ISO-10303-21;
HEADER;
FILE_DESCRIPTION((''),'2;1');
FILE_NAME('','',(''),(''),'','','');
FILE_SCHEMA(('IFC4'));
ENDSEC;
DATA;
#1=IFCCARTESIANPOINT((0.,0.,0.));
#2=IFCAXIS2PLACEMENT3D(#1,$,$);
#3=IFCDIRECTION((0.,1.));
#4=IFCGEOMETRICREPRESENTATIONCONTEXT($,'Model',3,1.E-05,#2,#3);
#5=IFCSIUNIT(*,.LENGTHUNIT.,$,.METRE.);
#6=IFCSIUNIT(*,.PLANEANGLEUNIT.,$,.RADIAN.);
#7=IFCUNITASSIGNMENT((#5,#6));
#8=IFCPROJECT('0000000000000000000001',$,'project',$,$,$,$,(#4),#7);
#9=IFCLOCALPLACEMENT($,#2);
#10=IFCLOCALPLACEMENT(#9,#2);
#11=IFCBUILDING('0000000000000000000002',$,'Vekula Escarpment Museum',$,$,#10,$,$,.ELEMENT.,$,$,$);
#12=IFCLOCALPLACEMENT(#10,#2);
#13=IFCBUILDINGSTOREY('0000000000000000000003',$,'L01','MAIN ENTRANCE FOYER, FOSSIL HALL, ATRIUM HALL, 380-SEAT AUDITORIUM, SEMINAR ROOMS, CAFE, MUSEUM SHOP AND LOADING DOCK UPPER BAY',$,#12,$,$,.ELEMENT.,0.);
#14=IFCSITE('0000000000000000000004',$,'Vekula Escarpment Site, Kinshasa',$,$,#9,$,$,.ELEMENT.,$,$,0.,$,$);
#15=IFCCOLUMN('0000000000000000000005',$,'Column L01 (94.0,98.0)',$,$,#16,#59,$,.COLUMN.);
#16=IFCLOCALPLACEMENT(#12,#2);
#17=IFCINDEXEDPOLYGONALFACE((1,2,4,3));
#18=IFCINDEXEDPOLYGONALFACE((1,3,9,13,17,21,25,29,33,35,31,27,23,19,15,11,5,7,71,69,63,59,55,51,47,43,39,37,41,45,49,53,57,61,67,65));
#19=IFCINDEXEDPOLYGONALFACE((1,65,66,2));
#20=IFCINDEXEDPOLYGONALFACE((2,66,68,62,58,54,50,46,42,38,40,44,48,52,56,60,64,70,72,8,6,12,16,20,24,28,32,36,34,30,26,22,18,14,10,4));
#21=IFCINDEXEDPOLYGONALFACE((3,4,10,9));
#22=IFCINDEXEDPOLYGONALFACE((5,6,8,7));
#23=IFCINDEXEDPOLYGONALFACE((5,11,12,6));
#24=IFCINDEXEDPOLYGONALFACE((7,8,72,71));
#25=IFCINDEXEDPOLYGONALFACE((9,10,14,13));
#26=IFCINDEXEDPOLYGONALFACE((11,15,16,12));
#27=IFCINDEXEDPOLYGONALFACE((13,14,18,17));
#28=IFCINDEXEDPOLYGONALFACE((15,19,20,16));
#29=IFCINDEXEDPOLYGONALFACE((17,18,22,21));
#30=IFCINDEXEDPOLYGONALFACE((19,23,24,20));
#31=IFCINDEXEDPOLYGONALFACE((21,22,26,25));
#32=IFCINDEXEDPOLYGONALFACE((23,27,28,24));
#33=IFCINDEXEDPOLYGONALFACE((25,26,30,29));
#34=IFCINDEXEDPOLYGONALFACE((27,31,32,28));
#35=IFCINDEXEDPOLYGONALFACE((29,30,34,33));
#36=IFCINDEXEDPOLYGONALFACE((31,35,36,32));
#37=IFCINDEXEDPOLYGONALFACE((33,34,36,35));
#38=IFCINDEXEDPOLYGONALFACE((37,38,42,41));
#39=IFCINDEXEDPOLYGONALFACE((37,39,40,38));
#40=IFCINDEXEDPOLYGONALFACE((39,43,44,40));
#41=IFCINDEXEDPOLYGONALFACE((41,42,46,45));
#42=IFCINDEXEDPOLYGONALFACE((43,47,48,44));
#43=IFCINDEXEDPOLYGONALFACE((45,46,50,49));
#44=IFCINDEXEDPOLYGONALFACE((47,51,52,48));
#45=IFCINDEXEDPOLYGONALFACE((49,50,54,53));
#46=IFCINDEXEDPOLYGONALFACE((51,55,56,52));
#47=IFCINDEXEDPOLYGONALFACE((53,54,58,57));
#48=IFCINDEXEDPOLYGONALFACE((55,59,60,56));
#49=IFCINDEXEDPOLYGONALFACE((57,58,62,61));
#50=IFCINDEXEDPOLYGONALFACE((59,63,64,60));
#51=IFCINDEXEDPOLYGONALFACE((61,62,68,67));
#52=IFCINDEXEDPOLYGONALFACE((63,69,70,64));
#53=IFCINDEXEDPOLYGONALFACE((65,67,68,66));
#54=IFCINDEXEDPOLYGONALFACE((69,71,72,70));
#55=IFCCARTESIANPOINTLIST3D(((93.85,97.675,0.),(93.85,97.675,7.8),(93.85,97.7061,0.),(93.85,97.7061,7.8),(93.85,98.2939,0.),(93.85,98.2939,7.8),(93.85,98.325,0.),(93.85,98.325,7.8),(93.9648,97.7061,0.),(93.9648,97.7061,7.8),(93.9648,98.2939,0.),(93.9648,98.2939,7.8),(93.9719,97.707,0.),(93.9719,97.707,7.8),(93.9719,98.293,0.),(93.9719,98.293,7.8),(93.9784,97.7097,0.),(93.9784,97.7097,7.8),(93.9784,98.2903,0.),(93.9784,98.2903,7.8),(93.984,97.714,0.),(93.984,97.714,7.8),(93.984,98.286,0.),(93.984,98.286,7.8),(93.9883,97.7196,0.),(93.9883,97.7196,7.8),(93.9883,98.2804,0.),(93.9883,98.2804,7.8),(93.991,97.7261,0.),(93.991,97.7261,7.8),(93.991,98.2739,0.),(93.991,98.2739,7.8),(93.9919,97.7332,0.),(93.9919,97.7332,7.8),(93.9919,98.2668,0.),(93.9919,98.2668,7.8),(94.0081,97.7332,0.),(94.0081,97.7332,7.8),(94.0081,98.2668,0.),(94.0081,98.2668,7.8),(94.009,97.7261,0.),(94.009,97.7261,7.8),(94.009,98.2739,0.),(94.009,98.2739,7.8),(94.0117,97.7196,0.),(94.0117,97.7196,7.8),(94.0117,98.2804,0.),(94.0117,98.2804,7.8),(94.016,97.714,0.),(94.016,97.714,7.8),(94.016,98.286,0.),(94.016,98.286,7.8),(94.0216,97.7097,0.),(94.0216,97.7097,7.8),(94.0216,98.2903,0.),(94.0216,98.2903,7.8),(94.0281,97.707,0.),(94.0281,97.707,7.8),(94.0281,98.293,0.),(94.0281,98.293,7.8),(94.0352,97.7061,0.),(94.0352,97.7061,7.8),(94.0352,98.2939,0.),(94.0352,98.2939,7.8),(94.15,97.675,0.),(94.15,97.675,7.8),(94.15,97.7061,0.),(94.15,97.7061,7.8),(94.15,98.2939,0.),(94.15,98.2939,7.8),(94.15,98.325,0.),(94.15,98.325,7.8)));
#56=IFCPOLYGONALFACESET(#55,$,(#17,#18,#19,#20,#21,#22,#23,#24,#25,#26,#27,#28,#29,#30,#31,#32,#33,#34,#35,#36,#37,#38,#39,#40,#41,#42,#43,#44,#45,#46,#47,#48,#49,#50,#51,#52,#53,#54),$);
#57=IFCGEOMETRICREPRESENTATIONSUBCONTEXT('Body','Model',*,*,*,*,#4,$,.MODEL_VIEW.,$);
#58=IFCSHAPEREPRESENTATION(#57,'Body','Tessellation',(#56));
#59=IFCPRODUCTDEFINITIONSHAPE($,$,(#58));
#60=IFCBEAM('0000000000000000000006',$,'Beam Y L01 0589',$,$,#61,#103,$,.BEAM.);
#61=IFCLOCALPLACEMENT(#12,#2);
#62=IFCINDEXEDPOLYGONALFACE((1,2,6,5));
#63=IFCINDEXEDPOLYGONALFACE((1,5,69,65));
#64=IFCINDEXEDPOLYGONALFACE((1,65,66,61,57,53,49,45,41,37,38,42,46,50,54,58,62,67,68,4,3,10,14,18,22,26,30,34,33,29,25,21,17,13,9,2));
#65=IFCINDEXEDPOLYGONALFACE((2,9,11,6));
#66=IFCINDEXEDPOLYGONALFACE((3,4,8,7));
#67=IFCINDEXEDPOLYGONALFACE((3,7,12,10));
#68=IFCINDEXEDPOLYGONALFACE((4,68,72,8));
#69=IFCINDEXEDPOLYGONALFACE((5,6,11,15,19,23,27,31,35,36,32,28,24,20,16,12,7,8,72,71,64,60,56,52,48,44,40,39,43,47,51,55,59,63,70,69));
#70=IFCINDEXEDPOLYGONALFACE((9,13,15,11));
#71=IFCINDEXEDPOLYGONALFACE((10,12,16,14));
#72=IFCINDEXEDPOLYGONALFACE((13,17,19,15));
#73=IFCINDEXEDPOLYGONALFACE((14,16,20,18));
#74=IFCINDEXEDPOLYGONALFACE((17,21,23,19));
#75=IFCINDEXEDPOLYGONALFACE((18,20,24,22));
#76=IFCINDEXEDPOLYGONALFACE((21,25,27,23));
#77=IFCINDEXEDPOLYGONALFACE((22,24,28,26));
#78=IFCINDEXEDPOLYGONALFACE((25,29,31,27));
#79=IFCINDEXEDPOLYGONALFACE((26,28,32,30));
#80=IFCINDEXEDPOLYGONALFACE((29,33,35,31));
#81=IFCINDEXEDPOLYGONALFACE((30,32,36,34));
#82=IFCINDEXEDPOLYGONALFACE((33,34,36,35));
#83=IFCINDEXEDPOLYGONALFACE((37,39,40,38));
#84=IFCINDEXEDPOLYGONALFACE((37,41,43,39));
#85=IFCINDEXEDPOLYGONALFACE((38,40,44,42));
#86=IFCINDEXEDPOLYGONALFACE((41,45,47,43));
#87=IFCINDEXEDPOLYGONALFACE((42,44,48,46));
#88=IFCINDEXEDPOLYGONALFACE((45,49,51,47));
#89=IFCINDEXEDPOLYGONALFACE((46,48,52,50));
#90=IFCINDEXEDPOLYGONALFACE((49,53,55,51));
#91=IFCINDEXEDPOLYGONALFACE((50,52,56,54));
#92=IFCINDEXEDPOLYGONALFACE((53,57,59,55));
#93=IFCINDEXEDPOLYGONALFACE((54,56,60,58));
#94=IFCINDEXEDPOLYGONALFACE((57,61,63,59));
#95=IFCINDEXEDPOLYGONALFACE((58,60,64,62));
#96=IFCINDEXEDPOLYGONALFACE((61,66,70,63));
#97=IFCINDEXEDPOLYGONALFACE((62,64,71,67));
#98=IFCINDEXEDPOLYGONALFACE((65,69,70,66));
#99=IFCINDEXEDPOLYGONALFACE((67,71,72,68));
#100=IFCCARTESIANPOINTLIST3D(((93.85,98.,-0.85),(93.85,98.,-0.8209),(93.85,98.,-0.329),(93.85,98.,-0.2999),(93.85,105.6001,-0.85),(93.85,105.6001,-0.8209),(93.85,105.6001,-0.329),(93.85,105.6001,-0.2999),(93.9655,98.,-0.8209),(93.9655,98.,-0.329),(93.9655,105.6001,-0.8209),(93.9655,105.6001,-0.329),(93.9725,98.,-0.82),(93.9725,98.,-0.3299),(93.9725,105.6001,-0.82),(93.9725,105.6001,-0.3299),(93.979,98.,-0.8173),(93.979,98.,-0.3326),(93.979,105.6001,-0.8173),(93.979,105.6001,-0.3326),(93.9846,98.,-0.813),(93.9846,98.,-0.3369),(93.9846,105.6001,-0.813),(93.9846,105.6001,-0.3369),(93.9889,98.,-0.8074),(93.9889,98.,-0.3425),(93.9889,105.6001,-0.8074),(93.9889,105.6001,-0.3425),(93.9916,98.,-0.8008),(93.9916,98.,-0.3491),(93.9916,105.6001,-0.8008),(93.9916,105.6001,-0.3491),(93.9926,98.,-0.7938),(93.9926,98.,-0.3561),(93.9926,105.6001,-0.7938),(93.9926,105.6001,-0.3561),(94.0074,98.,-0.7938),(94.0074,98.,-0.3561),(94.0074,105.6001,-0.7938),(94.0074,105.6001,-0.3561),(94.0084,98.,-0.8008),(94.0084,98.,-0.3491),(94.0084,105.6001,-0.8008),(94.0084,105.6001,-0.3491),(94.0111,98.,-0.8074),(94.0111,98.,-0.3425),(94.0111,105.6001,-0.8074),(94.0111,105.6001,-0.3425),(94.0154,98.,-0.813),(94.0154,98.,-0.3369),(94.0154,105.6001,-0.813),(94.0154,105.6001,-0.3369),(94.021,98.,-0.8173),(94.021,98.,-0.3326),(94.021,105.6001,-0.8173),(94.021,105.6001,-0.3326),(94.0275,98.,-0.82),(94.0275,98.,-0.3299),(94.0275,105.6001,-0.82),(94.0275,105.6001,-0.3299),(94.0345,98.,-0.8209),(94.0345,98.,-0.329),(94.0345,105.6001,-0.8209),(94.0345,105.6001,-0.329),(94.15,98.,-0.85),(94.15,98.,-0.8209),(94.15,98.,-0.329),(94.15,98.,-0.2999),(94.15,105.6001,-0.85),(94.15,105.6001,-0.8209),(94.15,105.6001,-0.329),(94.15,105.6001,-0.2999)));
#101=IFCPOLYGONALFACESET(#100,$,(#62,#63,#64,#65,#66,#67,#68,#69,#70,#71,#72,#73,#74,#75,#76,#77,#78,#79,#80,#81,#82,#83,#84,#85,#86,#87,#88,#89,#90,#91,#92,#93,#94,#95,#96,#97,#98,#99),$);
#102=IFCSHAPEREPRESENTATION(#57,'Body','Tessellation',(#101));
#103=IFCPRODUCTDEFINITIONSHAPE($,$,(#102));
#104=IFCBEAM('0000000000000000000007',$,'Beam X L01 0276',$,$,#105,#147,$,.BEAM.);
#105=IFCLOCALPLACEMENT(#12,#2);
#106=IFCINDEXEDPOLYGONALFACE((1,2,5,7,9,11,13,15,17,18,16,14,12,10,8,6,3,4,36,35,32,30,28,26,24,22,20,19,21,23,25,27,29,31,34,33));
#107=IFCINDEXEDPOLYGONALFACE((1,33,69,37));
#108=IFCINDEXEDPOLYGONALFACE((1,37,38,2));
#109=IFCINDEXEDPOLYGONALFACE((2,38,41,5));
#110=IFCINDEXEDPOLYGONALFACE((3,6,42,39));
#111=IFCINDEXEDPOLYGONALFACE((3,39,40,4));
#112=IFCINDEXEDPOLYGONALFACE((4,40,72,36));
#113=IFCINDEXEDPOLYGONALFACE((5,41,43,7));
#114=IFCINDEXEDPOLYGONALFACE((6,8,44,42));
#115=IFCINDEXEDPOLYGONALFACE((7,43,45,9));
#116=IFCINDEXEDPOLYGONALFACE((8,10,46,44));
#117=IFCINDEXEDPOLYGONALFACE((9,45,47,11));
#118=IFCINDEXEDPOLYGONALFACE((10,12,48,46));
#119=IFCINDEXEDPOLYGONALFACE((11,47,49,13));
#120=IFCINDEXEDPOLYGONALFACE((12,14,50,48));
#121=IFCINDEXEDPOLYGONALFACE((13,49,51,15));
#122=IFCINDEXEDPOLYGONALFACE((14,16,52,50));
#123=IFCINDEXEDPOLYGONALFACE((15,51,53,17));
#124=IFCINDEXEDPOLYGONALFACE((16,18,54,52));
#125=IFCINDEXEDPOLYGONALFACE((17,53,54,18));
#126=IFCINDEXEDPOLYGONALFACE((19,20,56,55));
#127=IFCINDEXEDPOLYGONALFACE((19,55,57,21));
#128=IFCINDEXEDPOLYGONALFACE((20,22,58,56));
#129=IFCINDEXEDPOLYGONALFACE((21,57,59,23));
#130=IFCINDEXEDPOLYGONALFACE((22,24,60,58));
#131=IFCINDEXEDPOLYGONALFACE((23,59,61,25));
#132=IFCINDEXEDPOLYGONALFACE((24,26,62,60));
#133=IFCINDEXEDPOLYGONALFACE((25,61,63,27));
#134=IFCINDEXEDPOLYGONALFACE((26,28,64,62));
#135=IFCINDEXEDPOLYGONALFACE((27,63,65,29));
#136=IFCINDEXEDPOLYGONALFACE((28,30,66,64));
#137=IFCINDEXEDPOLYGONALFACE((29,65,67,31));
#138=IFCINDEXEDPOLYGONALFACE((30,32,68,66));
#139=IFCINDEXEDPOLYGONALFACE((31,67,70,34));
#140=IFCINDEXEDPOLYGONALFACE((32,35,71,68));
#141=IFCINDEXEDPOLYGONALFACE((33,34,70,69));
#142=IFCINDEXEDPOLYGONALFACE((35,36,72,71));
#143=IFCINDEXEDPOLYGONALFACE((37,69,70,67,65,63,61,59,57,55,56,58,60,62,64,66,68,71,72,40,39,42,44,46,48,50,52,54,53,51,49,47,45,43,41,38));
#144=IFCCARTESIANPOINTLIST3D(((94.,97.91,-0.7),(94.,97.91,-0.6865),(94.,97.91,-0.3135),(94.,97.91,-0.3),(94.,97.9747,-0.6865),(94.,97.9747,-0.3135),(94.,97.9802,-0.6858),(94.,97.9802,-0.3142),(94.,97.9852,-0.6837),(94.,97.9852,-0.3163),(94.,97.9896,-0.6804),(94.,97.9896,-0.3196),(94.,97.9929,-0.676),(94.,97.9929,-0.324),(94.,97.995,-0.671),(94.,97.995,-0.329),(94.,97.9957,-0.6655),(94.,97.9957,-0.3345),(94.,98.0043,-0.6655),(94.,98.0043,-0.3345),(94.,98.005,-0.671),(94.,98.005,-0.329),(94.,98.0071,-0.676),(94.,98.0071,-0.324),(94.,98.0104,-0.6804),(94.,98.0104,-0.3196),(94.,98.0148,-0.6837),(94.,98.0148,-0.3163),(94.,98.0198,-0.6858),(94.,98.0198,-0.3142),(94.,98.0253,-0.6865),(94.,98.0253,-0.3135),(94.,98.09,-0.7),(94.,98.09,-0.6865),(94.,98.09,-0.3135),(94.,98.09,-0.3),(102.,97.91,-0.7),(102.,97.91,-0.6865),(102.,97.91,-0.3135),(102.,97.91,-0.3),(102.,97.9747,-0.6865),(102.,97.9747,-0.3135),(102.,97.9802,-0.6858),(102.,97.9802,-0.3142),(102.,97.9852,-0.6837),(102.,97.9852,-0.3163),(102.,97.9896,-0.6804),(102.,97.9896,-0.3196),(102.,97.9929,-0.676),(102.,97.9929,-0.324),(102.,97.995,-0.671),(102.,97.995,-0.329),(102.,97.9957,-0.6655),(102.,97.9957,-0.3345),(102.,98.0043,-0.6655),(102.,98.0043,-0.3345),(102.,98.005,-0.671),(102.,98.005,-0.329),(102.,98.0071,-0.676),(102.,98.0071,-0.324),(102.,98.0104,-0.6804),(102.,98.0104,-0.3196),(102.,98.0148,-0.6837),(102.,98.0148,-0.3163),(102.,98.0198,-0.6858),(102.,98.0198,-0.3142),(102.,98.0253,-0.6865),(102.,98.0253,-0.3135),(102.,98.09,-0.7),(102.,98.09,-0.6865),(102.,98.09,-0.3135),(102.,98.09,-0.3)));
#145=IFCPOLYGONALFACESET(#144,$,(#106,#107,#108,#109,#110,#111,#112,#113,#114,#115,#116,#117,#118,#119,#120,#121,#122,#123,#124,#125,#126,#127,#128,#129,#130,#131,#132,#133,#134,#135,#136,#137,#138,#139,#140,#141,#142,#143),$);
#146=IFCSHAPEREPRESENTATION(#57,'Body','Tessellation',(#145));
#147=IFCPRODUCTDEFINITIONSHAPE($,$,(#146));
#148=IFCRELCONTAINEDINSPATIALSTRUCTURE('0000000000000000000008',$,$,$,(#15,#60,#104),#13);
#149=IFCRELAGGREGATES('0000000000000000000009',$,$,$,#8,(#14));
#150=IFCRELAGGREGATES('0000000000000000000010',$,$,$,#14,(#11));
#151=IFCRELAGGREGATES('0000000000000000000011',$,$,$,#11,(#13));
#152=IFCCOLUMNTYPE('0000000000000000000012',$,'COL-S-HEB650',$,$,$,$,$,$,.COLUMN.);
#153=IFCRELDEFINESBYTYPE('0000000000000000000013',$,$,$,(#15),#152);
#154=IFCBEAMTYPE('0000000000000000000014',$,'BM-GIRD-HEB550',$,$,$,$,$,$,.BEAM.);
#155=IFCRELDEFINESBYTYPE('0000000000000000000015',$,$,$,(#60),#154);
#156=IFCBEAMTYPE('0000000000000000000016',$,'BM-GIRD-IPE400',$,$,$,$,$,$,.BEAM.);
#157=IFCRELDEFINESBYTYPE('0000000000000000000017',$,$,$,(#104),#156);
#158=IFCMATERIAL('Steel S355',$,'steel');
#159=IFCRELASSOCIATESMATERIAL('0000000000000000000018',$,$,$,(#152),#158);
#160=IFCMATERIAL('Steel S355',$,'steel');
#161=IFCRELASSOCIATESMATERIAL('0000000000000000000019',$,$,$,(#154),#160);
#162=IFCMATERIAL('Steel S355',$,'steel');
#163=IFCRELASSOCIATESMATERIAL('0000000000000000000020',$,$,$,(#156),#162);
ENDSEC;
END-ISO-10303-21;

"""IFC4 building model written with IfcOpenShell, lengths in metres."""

from ifc_helpers import new_model, si_unit, direction, frame, origin, origin_2d, place, context, subcontext, project, spatial, i_section, extrude, material, material_profile, profile_set, type_object, element, save


model = new_model("IFC4")

# Units and contexts
model_context = context("Model", 3, precision=1e-05, world=origin(), true_north=direction((0.0, 1.0)))
body_context = subcontext(model_context, "Body", "Model", "MODEL_VIEW")
ifc_project = project(units=[si_unit("LENGTHUNIT", "METRE"), si_unit("PLANEANGLEUNIT", "RADIAN")], contexts=[model_context])

# Site, building, storey
site_placement = place(None, origin())
site = spatial("IfcSite", under=ifc_project, at=site_placement, Name="Vekula Escarpment Site, Kinshasa", CompositionType="ELEMENT", RefElevation=0.0)
building_placement = place(site_placement, origin())
building = spatial("IfcBuilding", under=site, at=building_placement, Name="Vekula Escarpment Museum", CompositionType="ELEMENT")
storey_placement = place(building_placement, origin())
storey = spatial("IfcBuildingStorey", under=building, at=storey_placement, Name="L01", Description="MAIN ENTRANCE FOYER, FOSSIL HALL, ATRIUM HALL, 380-SEAT AUDITORIUM, SEMINAR ROOMS, CAFE, MUSEUM SHOP AND LOADING DOCK UPPER BAY", CompositionType="ELEMENT", Elevation=0.0)

# Column
ifc_material_1 = material(Name="Steel S355", Category="steel")
ifc_material_profile_1 = material_profile(ifc_material_1, i_section(OverallWidth=0.3, OverallDepth=0.6499, WebThickness=0.0161, FlangeThickness=0.031, FilletRadius=0.0271, at=origin_2d()), Name="HEB 650")
ifc_profile_set_1 = profile_set([ifc_material_profile_1], Name="Steel S355")
column_type = type_object("IfcColumnType", Name="COL-S-HEB650", PredefinedType="COLUMN", material=ifc_profile_set_1)
column_placement = place(storey_placement, frame((94.0, 98.0, 0.0), z_axis=(0.0, 0.0, 1.0), x_axis=(1.0, 0.0, 0.0)))
element("IfcColumn", 1, at=column_placement, inside=storey, type_object=column_type, Name="Column L01 (94.0,98.0)", PredefinedType="COLUMN", context=body_context, shape_type="SweptSolid", body=[
    extrude(i_section(OverallWidth=0.3, OverallDepth=0.6499, WebThickness=0.0161, FlangeThickness=0.031, FilletRadius=0.0271, at=origin_2d()), origin(), (0.0, 0.0, 1.0), 7.8),
])

# Beams
ifc_material_2 = material(Name="Steel S355", Category="steel")
ifc_material_profile_2 = material_profile(ifc_material_2, i_section(OverallWidth=0.3, OverallDepth=0.55, WebThickness=0.0149, FlangeThickness=0.0291, FilletRadius=0.0271, at=origin_2d()), Name="HEB 550")
ifc_profile_set_2 = profile_set([ifc_material_profile_2], Name="Steel S355")
beam_type_1 = type_object("IfcBeamType", Name="BM-GIRD-HEB550", PredefinedType="BEAM", material=ifc_profile_set_2)
beam_1_placement = place(storey_placement, frame((94.0, 98.0, -0.575), z_axis=(0.0, 1.0, 0.0), x_axis=(-1.0, 0.0, 0.0)))
element("IfcBeam", 2, at=beam_1_placement, inside=storey, type_object=beam_type_1, Name="Beam Y L01 0589", PredefinedType="BEAM", context=body_context, shape_type="SweptSolid", body=[
    extrude(i_section(OverallWidth=0.3, OverallDepth=0.55, WebThickness=0.0149, FlangeThickness=0.0291, FilletRadius=0.0271, at=origin_2d()), origin(), (0.0, 0.0, 1.0), 7.6001),
])
ifc_material_3 = material(Name="Steel S355", Category="steel")
ifc_material_profile_3 = material_profile(ifc_material_3, i_section(OverallWidth=0.1799, OverallDepth=0.3999, WebThickness=0.0085, FlangeThickness=0.0134, FilletRadius=0.021, at=origin_2d()), Name="IPE 400")
ifc_profile_set_3 = profile_set([ifc_material_profile_3], Name="Steel S355")
beam_type_2 = type_object("IfcBeamType", Name="BM-GIRD-IPE400", PredefinedType="BEAM", material=ifc_profile_set_3)
beam_2_placement = place(storey_placement, frame((94.0, 98.0, -0.5), z_axis=(1.0, 0.0, 0.0), x_axis=(0.0, 1.0, 0.0)))
element("IfcBeam", 3, at=beam_2_placement, inside=storey, type_object=beam_type_2, Name="Beam X L01 0276", PredefinedType="BEAM", context=body_context, shape_type="SweptSolid", body=[
    extrude(i_section(OverallWidth=0.1799, OverallDepth=0.3999, WebThickness=0.0085, FlangeThickness=0.0134, FilletRadius=0.021, at=origin_2d()), origin(), (0.0, 0.0, 1.0), 8.0),
])

save(model, "model.ifc")
